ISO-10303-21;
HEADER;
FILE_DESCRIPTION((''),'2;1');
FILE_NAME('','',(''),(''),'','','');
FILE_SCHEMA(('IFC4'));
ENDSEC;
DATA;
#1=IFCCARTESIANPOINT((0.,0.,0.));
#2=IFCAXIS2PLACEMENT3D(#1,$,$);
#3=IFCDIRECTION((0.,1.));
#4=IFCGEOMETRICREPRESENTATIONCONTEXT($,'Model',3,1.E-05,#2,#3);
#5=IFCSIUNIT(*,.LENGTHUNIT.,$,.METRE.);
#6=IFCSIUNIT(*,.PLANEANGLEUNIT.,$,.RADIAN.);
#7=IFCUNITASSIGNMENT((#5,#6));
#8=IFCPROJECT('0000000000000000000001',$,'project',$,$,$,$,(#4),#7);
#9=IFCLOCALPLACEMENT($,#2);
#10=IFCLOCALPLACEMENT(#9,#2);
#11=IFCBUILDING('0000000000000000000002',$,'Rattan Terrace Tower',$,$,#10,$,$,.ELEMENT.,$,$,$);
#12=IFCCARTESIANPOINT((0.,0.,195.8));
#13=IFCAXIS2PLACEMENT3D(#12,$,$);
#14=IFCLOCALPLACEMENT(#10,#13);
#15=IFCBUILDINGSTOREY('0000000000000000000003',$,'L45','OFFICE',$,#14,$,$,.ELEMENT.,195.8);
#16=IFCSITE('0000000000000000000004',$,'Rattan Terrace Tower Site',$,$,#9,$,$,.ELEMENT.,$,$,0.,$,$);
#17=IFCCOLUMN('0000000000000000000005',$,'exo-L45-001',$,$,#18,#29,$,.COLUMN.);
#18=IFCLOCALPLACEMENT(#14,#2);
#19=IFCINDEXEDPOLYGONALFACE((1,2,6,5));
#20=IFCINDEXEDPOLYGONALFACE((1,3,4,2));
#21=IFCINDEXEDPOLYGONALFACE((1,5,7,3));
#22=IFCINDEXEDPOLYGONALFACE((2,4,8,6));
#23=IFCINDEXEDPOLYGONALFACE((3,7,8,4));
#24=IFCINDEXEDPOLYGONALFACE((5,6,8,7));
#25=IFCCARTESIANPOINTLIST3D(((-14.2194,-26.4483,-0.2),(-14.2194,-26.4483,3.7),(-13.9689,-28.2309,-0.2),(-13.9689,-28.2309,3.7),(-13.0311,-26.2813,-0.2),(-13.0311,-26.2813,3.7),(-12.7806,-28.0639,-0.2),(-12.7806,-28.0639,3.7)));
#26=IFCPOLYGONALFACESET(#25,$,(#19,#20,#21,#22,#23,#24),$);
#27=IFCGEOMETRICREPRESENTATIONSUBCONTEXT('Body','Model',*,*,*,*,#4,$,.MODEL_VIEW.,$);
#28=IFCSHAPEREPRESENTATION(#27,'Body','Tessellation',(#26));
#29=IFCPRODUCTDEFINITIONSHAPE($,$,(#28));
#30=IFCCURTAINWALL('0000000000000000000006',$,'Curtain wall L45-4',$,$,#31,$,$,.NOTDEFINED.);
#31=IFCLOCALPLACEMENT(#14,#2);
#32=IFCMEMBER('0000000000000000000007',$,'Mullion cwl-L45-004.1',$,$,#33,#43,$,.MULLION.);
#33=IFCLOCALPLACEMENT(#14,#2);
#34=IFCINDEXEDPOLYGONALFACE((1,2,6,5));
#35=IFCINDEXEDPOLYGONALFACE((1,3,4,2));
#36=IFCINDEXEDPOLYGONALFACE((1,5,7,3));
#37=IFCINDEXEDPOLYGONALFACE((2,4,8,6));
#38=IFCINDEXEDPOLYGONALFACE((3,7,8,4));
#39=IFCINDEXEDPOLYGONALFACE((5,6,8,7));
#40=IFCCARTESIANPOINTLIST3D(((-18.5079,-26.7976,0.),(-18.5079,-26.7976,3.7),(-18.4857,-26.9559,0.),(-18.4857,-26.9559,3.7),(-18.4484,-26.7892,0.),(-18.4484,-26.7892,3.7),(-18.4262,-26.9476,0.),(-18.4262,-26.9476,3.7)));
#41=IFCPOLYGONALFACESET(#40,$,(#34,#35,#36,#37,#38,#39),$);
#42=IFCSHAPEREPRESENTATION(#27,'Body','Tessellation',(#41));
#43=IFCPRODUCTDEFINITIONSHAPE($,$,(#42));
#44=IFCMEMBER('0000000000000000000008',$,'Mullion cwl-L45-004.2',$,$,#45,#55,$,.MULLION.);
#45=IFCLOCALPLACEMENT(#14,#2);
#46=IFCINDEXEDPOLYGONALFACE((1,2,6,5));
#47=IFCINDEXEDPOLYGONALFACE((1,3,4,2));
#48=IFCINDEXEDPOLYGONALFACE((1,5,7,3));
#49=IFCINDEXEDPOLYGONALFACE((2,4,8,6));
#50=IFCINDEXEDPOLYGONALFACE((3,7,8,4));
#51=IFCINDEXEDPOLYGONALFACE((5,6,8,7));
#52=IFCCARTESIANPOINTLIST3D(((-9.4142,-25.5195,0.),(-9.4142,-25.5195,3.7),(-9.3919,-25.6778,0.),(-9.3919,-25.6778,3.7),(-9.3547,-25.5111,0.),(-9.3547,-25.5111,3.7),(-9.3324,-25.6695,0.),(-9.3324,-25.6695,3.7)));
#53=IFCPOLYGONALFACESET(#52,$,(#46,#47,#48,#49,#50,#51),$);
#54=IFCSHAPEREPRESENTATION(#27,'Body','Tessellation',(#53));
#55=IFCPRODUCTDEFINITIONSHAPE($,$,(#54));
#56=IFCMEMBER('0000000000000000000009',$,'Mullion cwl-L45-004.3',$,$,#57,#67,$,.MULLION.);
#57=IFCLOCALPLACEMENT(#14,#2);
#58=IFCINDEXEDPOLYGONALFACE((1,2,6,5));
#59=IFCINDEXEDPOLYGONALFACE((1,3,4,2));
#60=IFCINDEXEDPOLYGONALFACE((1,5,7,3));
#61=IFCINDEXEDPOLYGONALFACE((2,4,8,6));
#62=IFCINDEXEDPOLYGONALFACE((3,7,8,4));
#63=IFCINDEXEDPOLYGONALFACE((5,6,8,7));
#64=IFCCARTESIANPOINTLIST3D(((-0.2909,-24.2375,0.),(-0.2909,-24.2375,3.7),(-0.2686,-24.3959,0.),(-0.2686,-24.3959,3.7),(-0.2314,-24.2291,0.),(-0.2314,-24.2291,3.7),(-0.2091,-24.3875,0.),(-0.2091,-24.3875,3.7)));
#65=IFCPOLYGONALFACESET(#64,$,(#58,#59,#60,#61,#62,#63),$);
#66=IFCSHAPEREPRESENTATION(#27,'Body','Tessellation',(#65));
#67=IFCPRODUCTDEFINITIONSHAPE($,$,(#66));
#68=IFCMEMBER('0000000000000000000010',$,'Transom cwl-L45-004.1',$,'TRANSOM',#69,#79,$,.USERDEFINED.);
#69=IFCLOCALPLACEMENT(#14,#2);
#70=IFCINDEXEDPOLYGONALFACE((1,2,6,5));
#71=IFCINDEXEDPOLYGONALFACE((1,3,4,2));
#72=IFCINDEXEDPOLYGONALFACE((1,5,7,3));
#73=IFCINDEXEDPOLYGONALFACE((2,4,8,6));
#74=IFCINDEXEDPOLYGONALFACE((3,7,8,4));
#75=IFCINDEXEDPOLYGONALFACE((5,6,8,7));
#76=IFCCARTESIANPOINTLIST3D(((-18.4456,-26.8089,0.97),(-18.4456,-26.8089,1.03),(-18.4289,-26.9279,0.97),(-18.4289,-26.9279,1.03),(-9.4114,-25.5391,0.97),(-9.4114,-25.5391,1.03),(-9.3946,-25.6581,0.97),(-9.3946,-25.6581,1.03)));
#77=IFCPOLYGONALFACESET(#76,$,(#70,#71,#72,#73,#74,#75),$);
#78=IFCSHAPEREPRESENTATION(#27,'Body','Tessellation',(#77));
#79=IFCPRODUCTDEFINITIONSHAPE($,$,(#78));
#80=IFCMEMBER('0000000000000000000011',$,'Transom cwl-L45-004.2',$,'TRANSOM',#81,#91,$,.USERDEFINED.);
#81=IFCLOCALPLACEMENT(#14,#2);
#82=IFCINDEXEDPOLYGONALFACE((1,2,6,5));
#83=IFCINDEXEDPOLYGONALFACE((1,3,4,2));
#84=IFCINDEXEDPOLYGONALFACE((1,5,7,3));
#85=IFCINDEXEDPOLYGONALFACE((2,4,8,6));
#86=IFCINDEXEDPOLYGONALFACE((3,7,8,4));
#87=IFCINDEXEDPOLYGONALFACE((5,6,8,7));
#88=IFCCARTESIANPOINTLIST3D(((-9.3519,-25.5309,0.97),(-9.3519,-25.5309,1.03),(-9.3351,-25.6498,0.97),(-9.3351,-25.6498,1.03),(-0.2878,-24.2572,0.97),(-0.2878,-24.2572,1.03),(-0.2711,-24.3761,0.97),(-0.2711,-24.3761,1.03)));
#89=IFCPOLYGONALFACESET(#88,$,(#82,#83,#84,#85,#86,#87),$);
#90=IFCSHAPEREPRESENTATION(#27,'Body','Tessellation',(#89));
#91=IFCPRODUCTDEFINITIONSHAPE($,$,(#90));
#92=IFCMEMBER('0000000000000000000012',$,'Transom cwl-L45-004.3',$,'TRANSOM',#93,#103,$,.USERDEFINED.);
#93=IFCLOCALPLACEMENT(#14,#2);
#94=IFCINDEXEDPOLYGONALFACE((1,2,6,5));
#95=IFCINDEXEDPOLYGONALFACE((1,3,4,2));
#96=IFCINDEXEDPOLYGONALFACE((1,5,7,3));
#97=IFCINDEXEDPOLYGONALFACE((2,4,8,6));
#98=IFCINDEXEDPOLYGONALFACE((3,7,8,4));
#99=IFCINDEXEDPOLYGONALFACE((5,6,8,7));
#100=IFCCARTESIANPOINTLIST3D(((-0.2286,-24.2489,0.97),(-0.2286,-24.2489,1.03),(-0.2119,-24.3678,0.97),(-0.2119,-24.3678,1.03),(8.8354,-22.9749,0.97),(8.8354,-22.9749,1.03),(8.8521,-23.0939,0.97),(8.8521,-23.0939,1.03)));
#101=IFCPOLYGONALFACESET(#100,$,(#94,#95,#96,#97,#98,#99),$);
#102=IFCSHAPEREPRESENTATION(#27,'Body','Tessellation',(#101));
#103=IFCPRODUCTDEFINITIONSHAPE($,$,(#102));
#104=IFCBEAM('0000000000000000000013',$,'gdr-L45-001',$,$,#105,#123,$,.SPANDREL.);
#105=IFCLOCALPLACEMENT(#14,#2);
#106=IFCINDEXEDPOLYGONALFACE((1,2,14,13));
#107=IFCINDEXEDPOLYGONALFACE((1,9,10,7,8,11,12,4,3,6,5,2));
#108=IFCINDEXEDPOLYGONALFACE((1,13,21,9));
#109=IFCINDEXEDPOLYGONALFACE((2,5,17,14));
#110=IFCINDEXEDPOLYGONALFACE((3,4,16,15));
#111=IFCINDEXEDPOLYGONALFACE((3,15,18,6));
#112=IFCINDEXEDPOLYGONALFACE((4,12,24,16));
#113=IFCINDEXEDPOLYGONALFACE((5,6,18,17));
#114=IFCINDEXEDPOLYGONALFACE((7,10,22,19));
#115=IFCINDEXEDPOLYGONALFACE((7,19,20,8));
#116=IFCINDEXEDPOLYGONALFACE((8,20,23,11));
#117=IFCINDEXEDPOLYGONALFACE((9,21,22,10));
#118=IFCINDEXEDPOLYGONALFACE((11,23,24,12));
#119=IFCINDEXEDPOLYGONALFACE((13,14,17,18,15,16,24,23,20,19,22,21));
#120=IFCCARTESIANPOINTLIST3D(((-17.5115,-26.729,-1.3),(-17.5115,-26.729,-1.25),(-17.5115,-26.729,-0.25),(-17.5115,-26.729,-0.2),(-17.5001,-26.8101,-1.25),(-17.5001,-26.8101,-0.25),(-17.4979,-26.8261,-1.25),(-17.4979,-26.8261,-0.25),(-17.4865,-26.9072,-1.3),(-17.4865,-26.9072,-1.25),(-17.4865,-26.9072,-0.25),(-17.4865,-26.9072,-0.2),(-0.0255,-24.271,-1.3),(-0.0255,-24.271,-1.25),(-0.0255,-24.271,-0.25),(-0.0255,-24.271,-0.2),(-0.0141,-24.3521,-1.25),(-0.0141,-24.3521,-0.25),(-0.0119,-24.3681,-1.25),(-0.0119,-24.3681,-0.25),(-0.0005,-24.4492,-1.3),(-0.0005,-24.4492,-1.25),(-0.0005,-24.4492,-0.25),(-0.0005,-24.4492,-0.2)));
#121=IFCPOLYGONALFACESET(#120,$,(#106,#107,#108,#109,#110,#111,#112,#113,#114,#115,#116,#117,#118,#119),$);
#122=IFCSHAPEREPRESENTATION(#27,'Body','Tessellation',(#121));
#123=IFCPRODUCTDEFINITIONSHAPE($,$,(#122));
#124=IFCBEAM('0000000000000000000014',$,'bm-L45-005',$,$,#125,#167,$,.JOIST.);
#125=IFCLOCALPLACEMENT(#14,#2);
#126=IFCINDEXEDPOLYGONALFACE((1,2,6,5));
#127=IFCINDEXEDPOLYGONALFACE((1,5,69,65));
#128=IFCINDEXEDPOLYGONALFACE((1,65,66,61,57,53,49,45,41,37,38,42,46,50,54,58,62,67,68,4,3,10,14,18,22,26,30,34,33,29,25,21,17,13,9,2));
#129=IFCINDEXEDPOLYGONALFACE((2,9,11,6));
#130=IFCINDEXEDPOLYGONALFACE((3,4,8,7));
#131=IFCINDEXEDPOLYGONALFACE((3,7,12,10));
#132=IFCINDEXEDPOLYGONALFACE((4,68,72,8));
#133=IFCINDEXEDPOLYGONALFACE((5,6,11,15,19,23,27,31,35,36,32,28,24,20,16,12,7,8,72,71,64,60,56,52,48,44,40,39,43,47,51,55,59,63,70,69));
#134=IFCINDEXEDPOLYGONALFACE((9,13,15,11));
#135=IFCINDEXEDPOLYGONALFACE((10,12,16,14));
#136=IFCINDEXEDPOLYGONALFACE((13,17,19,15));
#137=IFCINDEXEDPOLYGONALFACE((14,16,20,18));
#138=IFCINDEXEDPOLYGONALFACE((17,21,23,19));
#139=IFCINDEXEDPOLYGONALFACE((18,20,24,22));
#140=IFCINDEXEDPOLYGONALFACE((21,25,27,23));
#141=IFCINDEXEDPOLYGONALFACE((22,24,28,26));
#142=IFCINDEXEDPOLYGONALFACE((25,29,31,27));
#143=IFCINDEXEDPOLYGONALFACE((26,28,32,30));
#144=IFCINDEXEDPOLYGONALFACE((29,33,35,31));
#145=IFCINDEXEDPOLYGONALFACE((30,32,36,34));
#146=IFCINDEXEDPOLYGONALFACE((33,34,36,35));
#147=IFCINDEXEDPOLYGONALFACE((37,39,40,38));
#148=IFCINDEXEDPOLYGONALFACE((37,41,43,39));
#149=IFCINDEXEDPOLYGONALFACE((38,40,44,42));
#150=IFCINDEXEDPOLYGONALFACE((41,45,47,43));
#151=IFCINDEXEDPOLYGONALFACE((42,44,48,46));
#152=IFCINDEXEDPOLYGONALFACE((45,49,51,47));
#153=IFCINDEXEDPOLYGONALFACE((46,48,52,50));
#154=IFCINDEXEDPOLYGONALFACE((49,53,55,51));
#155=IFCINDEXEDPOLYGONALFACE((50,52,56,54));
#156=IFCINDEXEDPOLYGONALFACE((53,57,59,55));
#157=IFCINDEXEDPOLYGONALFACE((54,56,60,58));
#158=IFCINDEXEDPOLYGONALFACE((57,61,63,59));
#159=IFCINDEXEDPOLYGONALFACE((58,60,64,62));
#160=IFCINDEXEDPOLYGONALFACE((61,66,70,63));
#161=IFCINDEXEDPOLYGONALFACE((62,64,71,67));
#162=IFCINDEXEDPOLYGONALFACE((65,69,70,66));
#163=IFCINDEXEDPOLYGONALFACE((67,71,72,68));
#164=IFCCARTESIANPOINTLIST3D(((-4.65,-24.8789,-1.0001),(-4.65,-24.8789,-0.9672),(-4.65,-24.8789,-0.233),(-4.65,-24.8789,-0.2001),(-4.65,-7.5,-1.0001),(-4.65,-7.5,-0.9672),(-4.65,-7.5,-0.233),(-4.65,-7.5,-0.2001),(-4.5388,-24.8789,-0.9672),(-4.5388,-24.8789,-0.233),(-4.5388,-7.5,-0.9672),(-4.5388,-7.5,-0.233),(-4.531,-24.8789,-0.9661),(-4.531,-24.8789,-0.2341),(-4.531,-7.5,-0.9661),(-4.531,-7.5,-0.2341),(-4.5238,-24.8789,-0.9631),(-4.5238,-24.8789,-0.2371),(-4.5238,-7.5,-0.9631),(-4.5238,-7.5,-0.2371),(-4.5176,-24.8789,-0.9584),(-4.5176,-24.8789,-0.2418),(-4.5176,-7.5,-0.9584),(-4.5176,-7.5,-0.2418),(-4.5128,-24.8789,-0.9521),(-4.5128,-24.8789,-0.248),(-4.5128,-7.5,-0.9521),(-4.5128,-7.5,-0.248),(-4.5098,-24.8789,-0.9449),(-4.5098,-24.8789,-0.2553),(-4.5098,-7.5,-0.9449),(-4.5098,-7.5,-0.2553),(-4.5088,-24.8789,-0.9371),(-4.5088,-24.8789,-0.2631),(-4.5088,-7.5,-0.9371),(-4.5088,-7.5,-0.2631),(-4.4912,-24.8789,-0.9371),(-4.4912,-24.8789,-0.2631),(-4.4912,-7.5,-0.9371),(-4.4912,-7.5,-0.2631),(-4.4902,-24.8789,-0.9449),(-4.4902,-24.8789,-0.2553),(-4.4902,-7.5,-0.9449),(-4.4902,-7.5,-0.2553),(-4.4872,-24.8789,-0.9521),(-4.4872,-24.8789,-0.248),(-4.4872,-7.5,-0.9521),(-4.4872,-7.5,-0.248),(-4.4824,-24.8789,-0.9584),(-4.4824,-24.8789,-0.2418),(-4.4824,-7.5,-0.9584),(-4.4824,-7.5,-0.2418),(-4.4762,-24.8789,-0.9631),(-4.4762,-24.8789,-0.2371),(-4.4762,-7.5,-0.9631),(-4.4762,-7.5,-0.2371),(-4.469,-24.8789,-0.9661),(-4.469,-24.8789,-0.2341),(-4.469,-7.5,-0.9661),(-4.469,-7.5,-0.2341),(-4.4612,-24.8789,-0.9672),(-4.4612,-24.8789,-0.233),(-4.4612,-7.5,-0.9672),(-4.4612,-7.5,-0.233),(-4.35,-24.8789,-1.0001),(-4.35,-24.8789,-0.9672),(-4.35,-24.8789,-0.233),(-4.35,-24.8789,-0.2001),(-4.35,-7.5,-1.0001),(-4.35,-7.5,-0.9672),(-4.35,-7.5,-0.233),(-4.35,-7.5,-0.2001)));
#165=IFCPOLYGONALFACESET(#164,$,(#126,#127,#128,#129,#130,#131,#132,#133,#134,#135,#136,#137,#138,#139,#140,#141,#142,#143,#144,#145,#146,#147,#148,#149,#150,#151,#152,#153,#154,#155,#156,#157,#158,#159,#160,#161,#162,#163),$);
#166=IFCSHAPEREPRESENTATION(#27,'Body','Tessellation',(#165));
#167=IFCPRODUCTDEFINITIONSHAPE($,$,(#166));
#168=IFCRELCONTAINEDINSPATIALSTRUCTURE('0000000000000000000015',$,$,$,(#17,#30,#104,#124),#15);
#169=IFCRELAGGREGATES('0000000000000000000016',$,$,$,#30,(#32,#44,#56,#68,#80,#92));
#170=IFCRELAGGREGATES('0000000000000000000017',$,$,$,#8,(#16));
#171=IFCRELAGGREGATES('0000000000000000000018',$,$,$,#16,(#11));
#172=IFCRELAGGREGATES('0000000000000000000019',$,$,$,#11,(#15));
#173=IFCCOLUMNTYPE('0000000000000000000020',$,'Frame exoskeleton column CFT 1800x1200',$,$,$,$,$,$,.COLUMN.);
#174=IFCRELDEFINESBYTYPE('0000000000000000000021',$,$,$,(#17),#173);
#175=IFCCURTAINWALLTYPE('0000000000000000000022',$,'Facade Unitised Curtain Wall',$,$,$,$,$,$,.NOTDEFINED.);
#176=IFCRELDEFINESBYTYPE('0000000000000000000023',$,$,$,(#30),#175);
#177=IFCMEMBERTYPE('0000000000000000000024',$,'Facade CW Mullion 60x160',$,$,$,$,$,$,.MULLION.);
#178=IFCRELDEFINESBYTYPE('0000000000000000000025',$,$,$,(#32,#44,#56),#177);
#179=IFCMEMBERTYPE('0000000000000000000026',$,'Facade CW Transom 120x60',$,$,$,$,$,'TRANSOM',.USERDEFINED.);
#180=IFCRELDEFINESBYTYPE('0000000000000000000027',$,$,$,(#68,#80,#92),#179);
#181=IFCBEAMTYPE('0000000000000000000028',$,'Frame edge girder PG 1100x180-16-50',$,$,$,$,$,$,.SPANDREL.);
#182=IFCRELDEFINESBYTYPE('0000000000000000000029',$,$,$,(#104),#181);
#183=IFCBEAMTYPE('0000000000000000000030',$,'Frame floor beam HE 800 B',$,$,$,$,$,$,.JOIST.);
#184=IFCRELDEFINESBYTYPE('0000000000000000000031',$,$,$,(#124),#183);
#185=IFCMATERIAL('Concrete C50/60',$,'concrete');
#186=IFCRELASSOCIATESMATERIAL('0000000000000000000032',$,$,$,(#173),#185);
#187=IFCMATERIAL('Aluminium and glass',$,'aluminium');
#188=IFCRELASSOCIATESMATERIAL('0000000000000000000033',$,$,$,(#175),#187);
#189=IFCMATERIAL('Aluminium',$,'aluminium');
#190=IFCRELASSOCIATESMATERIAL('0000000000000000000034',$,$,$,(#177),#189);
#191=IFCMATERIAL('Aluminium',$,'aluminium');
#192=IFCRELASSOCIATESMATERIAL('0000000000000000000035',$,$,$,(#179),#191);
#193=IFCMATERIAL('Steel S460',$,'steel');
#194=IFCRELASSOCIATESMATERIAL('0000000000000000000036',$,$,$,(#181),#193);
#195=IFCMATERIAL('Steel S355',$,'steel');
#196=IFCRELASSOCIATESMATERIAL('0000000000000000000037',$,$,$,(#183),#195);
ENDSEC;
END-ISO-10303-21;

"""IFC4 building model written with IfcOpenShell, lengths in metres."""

from ifc_helpers import new_model, si_unit, direction, frame, origin, origin_2d, place, context, subcontext, project, spatial, rectangle, i_section, extrude, material, material_profile, profile_set, type_object, element, aggregate, save


model = new_model("IFC4")

# Units and contexts
model_context = context("Model", 3, precision=1e-05, world=origin(), true_north=direction((0.0, 1.0)))
body_context = subcontext(model_context, "Body", "Model", "MODEL_VIEW")
ifc_project = project(units=[si_unit("LENGTHUNIT", "METRE"), si_unit("PLANEANGLEUNIT", "RADIAN")], contexts=[model_context])

# Site, building, storey
site_placement = place(None, origin())
site = spatial("IfcSite", under=ifc_project, at=site_placement, Name="Rattan Terrace Tower Site", CompositionType="ELEMENT", RefElevation=0.0)
building_placement = place(site_placement, origin())
building = spatial("IfcBuilding", under=site, at=building_placement, Name="Rattan Terrace Tower", CompositionType="ELEMENT")
storey_placement = place(building_placement, frame((0.0, 0.0, 195.8)))
storey = spatial("IfcBuildingStorey", under=building, at=storey_placement, Name="L45", Description="OFFICE", CompositionType="ELEMENT", Elevation=195.8)

# Column
ifc_material_1 = material(Name="Concrete C50/60", Category="concrete")
ifc_material_profile_1 = material_profile(ifc_material_1, rectangle(XDim=1.2, YDim=1.8, at=origin_2d()), Name="CFT 1800x1200")
ifc_profile_set_1 = profile_set([ifc_material_profile_1], Name="Concrete C50/60")
column_type = type_object("IfcColumnType", Name="Frame exoskeleton column CFT 1800x1200", PredefinedType="COLUMN", material=ifc_profile_set_1)
column_placement = place(storey_placement, frame((-13.5, -27.2561, -0.2), z_axis=(0.0, 0.0, 1.0), x_axis=(0.99027, 0.139156, 0.0)))
element("IfcColumn", 1, at=column_placement, inside=storey, type_object=column_type, Name="exo-L45-001", PredefinedType="COLUMN", context=body_context, shape_type="SweptSolid", body=[
    extrude(rectangle(XDim=1.2, YDim=1.8, at=origin_2d()), origin(), (0.0, 0.0, 1.0), 3.8999),
])

# Curtain wall, members
ifc_material_2 = material(Name="Aluminium and glass", Category="aluminium")
curtain_wall_type = type_object("IfcCurtainWallType", Name="Facade Unitised Curtain Wall", PredefinedType="NOTDEFINED", material=ifc_material_2)
curtain_wall_placement = place(storey_placement, origin())
curtain_wall = element("IfcCurtainWall", 2, at=curtain_wall_placement, inside=storey, type_object=curtain_wall_type, Name="Curtain wall L45-4", PredefinedType="NOTDEFINED")
ifc_material_3 = material(Name="Aluminium", Category="aluminium")
ifc_material_profile_2 = material_profile(ifc_material_3, rectangle(XDim=0.0601, YDim=0.1599, at=origin_2d()), Name="Aluminium 60x160")
ifc_profile_set_2 = profile_set([ifc_material_profile_2], Name="Aluminium")
member_type_1 = type_object("IfcMemberType", Name="Facade CW Mullion 60x160", PredefinedType="MULLION", material=ifc_profile_set_2)
member_1_placement = place(storey_placement, frame((-18.467, -26.8726, 0.0), z_axis=(0.0, 0.0, 1.0), x_axis=(0.99027, 0.139161, 0.0)))
member_1 = element("IfcMember", 3, at=member_1_placement, type_object=member_type_1, Name="Mullion cwl-L45-004.1", PredefinedType="MULLION", context=body_context, shape_type="SweptSolid", body=[
    extrude(rectangle(XDim=0.0601, YDim=0.1599, at=origin_2d()), origin(), (0.0, 0.0, 1.0), 3.7),
])
member_2_placement = place(storey_placement, frame((-9.3733, -25.5945, 0.0), z_axis=(0.0, 0.0, 1.0), x_axis=(0.99027, 0.139161, 0.0)))
member_2 = element("IfcMember", 4, at=member_2_placement, type_object=member_type_1, Name="Mullion cwl-L45-004.2", PredefinedType="MULLION", context=body_context, shape_type="SweptSolid", body=[
    extrude(rectangle(XDim=0.0601, YDim=0.1599, at=origin_2d()), origin(), (0.0, 0.0, 1.0), 3.7),
])
member_3_placement = place(storey_placement, frame((-0.25, -24.3125, 0.0), z_axis=(0.0, 0.0, 1.0), x_axis=(0.99027, 0.139161, 0.0)))
member_3 = element("IfcMember", 5, at=member_3_placement, type_object=member_type_1, Name="Mullion cwl-L45-004.3", PredefinedType="MULLION", context=body_context, shape_type="SweptSolid", body=[
    extrude(rectangle(XDim=0.0601, YDim=0.1599, at=origin_2d()), origin(), (0.0, 0.0, 1.0), 3.7),
])
ifc_material_4 = material(Name="Aluminium", Category="aluminium")
ifc_material_profile_3 = material_profile(ifc_material_4, rectangle(XDim=0.1201, YDim=0.0601, at=origin_2d()), Name="Aluminium 120x60")
ifc_profile_set_3 = profile_set([ifc_material_profile_3], Name="Aluminium")
member_type_2 = type_object("IfcMemberType", Name="Facade CW Transom 120x60", ElementType="TRANSOM", PredefinedType="USERDEFINED", material=ifc_profile_set_3)
member_4_placement = place(storey_placement, frame((-18.4373, -26.8684, 1.0), z_axis=(0.990266, 0.139184, 0.0), x_axis=(-0.139184, 0.990266, 0.0)))
member_4 = element("IfcMember", 6, at=member_4_placement, type_object=member_type_2, Name="Transom cwl-L45-004.1", ObjectType="TRANSOM", PredefinedType="USERDEFINED", context=body_context, shape_type="SweptSolid", body=[
    extrude(rectangle(XDim=0.1201, YDim=0.0601, at=origin_2d()), origin(), (0.0, 0.0, 1.0), 9.123),
])
member_5_placement = place(storey_placement, frame((-9.3435, -25.5903, 1.0), z_axis=(0.990271, 0.139154, 0.0), x_axis=(-0.139154, 0.990271, 0.0)))
member_5 = element("IfcMember", 7, at=member_5_placement, type_object=member_type_2, Name="Transom cwl-L45-004.2", ObjectType="TRANSOM", PredefinedType="USERDEFINED", context=body_context, shape_type="SweptSolid", body=[
    extrude(rectangle(XDim=0.1201, YDim=0.0601, at=origin_2d()), origin(), (0.0, 0.0, 1.0), 9.1531),
])
member_6_placement = place(storey_placement, frame((-0.2202, -24.3083, 1.0), z_axis=(0.990267, 0.13918, 0.0), x_axis=(-0.13918, 0.990267, 0.0)))
member_6 = element("IfcMember", 8, at=member_6_placement, type_object=member_type_2, Name="Transom cwl-L45-004.3", ObjectType="TRANSOM", PredefinedType="USERDEFINED", context=body_context, shape_type="SweptSolid", body=[
    extrude(rectangle(XDim=0.1201, YDim=0.0601, at=origin_2d()), origin(), (0.0, 0.0, 1.0), 9.1531),
])

# Beams
ifc_material_5 = material(Name="Steel S460", Category="steel")
ifc_material_profile_4 = material_profile(ifc_material_5, i_section(OverallWidth=0.1799, OverallDepth=1.1001, WebThickness=0.0161, FlangeThickness=0.05, at=origin_2d()), Name="PG 1100x180-16-50")
ifc_profile_set_4 = profile_set([ifc_material_profile_4], Name="Steel S460")
beam_type_1 = type_object("IfcBeamType", Name="Frame edge girder PG 1100x180-16-50", PredefinedType="SPANDREL", material=ifc_profile_set_4)
beam_1_placement = place(storey_placement, frame((-17.499, -26.8181, -0.75), z_axis=(0.990264, 0.139201, 0.0), x_axis=(-0.139201, 0.990264, 0.0)))
element("IfcBeam", 9, at=beam_1_placement, inside=storey, type_object=beam_type_1, Name="gdr-L45-001", PredefinedType="SPANDREL", context=body_context, shape_type="SweptSolid", body=[
    extrude(i_section(OverallWidth=0.1799, OverallDepth=1.1001, WebThickness=0.0161, FlangeThickness=0.05, at=origin_2d()), origin(), (0.0, 0.0, 1.0), 17.658),
])
ifc_material_6 = material(Name="Steel S355", Category="steel")
ifc_material_profile_5 = material_profile(ifc_material_6, i_section(OverallWidth=0.3, OverallDepth=0.8, WebThickness=0.0176, FlangeThickness=0.033, FilletRadius=0.03, at=origin_2d()), Name="HE 800 B")
ifc_profile_set_5 = profile_set([ifc_material_profile_5], Name="Steel S355")
beam_type_2 = type_object("IfcBeamType", Name="Frame floor beam HE 800 B", PredefinedType="JOIST", material=ifc_profile_set_5)
beam_2_placement = place(storey_placement, frame((-4.5, -24.8789, -0.6001), z_axis=(0.0, 1.0, 0.0), x_axis=(-1.0, 0.0, 0.0)))
element("IfcBeam", 10, at=beam_2_placement, inside=storey, type_object=beam_type_2, Name="bm-L45-005", PredefinedType="JOIST", context=body_context, shape_type="SweptSolid", body=[
    extrude(i_section(OverallWidth=0.3, OverallDepth=0.8, WebThickness=0.0176, FlangeThickness=0.033, FilletRadius=0.03, at=origin_2d()), origin(), (0.0, 0.0, 1.0), 17.3789),
])

aggregate(curtain_wall, [member_1, member_2, member_3, member_4, member_5, member_6])

save(model, "model.ifc")
